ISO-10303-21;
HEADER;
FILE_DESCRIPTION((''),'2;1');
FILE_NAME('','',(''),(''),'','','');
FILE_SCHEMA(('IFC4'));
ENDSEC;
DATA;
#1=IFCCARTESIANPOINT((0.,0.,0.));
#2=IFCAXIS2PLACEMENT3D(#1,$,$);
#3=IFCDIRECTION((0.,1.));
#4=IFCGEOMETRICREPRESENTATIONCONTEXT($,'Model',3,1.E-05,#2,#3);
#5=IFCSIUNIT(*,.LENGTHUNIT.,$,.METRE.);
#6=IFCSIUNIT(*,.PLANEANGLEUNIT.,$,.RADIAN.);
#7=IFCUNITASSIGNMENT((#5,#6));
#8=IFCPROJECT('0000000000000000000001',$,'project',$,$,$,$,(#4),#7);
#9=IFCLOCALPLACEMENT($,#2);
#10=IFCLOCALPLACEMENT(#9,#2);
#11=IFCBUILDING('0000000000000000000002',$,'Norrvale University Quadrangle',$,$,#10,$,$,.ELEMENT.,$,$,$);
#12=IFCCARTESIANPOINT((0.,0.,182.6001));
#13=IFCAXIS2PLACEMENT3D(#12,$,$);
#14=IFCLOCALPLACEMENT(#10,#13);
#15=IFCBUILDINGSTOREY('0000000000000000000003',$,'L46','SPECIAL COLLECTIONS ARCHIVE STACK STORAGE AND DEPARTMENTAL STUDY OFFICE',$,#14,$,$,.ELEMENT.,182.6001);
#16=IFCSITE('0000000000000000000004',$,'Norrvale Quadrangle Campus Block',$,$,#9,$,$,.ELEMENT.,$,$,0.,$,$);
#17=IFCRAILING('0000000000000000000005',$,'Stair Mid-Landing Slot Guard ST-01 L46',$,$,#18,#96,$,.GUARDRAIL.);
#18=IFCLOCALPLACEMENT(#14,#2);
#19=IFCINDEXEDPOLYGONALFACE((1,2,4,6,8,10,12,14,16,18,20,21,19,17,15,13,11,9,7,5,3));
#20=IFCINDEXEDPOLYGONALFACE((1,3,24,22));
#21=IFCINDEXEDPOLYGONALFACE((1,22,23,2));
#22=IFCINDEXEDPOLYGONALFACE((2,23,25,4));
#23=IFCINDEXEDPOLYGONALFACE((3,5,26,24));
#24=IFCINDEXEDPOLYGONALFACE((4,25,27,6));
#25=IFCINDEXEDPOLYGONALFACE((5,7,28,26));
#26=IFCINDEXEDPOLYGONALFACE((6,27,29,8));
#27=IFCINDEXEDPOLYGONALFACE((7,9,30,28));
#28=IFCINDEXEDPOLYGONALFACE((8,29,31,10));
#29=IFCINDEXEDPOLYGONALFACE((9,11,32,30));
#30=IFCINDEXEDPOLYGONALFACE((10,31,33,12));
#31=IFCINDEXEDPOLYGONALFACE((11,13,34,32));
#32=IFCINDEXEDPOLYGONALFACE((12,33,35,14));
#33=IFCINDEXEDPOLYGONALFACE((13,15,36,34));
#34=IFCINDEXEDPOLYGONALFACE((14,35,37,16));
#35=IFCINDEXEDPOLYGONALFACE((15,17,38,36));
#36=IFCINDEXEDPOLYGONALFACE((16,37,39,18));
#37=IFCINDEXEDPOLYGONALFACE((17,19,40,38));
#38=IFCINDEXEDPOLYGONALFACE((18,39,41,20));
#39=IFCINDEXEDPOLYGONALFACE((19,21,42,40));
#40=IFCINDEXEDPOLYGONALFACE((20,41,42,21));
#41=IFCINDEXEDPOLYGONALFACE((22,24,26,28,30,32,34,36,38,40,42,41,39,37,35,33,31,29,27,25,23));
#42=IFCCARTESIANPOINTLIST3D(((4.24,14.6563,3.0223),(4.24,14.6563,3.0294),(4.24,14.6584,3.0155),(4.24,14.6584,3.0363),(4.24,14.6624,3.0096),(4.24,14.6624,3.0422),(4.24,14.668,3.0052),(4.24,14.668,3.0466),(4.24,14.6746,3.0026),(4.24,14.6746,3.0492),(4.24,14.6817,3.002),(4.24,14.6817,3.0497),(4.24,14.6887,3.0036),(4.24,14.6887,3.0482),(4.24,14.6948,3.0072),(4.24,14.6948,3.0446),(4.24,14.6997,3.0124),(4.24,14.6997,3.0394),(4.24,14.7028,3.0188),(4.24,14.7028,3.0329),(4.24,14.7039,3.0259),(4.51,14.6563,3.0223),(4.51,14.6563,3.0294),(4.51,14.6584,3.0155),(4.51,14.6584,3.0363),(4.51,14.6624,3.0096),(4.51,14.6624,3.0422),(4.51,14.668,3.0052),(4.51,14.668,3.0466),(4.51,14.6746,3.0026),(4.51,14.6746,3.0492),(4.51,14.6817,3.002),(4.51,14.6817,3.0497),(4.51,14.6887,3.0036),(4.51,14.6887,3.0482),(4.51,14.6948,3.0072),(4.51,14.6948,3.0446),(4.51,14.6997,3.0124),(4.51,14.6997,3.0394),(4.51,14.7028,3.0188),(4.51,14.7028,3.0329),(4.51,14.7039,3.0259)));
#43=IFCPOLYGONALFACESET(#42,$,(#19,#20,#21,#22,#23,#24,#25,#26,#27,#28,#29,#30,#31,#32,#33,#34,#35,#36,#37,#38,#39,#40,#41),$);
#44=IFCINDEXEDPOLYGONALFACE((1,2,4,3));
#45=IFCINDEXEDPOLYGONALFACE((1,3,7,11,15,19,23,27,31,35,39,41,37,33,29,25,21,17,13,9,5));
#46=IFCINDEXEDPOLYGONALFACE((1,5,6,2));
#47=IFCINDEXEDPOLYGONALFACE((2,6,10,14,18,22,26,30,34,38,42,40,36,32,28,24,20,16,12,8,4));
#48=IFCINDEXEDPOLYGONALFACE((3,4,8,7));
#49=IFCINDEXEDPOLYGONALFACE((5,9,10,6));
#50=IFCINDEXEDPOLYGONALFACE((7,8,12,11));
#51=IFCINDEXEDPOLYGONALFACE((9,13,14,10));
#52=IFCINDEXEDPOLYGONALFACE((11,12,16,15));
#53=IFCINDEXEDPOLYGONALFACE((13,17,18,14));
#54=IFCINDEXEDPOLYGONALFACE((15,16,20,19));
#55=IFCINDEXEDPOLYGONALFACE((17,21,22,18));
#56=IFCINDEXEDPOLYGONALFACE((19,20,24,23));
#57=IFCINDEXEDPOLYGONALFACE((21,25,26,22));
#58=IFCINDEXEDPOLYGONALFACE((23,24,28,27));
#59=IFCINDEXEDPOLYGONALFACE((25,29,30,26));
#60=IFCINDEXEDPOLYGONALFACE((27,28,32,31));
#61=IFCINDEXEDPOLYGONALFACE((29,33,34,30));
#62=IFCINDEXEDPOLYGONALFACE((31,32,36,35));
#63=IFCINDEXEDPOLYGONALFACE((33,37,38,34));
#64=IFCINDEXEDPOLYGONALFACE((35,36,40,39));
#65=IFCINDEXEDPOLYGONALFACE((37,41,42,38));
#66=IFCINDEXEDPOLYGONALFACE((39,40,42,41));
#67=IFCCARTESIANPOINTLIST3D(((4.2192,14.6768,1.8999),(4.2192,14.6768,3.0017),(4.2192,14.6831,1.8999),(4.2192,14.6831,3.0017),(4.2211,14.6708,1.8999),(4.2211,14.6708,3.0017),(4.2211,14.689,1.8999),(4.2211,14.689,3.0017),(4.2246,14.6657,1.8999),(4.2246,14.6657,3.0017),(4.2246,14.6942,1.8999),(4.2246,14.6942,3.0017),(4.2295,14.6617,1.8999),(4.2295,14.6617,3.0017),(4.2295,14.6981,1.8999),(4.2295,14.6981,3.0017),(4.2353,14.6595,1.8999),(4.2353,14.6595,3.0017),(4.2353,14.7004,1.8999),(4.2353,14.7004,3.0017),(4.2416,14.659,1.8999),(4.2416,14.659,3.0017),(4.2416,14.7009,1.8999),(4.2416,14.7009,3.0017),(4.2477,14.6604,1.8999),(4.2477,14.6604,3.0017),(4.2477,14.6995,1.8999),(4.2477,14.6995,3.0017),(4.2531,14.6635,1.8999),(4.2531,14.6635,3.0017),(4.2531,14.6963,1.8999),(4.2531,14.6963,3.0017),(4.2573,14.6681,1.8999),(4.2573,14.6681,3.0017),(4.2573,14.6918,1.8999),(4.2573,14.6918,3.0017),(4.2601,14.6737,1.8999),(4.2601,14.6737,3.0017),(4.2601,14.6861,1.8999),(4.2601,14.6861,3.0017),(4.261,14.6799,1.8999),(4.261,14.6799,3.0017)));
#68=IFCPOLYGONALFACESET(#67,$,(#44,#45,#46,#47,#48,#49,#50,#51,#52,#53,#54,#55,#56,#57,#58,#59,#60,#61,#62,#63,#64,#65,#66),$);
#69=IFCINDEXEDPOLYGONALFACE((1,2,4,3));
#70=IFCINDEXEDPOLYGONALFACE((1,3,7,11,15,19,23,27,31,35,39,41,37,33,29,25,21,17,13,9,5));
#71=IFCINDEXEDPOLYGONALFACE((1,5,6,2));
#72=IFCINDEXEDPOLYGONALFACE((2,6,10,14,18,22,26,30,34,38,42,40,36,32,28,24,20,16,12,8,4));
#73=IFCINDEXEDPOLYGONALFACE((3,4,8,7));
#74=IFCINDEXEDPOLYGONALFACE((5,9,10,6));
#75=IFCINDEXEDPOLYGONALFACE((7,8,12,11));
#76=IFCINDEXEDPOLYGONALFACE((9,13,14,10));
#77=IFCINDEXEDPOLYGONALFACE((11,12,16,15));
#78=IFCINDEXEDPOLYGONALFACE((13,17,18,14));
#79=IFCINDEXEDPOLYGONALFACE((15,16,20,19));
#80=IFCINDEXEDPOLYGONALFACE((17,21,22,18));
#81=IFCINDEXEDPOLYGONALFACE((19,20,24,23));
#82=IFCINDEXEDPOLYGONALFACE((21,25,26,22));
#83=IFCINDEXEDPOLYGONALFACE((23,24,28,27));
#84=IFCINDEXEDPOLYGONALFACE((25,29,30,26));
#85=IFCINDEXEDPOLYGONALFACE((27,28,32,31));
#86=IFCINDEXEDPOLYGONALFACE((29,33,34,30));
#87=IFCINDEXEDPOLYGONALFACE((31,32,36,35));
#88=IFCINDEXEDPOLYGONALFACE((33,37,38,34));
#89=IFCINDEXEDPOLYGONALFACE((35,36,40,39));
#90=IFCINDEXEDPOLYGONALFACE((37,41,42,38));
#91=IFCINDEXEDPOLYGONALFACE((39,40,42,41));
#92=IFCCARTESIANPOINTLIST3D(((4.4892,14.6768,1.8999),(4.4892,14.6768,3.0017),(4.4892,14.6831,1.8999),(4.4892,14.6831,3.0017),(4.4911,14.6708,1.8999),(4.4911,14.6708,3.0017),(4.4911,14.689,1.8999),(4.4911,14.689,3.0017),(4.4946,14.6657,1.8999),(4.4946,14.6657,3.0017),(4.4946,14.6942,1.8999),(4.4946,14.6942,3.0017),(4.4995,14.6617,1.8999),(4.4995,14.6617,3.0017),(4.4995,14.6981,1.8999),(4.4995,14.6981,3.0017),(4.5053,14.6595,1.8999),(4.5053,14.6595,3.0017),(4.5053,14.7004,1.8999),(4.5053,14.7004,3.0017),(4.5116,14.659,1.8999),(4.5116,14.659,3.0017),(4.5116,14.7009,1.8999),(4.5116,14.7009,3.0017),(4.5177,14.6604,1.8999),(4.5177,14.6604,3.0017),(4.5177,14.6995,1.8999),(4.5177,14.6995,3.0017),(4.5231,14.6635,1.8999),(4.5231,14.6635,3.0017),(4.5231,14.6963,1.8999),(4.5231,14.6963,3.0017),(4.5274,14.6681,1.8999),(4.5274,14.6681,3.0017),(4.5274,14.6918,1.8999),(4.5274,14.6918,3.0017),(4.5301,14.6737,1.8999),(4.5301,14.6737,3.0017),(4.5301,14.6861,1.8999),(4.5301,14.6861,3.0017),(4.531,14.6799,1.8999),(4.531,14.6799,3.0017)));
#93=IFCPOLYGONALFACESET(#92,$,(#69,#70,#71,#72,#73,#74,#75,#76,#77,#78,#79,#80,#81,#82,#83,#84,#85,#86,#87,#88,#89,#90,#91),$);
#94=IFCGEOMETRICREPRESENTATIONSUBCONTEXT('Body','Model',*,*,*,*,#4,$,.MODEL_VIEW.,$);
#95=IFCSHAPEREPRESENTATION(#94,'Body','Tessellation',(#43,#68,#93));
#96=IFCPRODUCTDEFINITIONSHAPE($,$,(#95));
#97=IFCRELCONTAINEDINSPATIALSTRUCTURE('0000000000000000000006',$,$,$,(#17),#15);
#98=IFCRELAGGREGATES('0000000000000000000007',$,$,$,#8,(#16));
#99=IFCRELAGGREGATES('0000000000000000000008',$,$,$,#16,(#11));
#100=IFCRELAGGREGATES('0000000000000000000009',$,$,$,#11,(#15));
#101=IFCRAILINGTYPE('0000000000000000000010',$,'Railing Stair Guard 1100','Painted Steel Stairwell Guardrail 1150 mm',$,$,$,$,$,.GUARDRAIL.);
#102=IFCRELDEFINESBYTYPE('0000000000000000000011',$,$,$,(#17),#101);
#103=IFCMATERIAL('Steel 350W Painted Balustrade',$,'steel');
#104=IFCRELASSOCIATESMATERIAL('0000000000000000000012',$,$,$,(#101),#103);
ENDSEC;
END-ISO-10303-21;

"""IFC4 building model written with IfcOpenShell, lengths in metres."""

from ifc_helpers import new_model, si_unit, direction, frame, origin, origin_2d, place, context, subcontext, project, spatial, circle, extrude, material, type_object, element, save


model = new_model("IFC4")

# Units and contexts
model_context = context("Model", 3, precision=1e-05, world=origin(), true_north=direction((0.0, 1.0)))
body_context = subcontext(model_context, "Body", "Model", "MODEL_VIEW")
ifc_project = project(units=[si_unit("LENGTHUNIT", "METRE"), si_unit("PLANEANGLEUNIT", "RADIAN")], contexts=[model_context])

# Site, building, storey
site_placement = place(None, origin())
site = spatial("IfcSite", under=ifc_project, at=site_placement, Name="Norrvale Quadrangle Campus Block", CompositionType="ELEMENT", RefElevation=0.0)
building_placement = place(site_placement, origin())
building = spatial("IfcBuilding", under=site, at=building_placement, Name="Norrvale University Quadrangle", CompositionType="ELEMENT")
storey_placement = place(building_placement, frame((0.0, 0.0, 182.6001)))
storey = spatial("IfcBuildingStorey", under=building, at=storey_placement, Name="L46", Description="SPECIAL COLLECTIONS ARCHIVE STACK STORAGE AND DEPARTMENTAL STUDY OFFICE", CompositionType="ELEMENT", Elevation=182.6001)

# Railing
ifc_material_1 = material(Name="Steel 350W Painted Balustrade", Category="steel")
railing_type_1 = type_object("IfcRailingType", Name="Railing Stair Guard 1100", Description="Painted Steel Stairwell Guardrail 1150 mm", PredefinedType="GUARDRAIL", material=ifc_material_1)
railing_1_placement = place(storey_placement, frame((4.24, 14.6799, 1.8999)))
element("IfcRailing", 1, at=railing_1_placement, inside=storey, type_object=railing_type_1, Name="Stair Mid-Landing Slot Guard ST-01 L46", PredefinedType="GUARDRAIL", context=body_context, shape_type="SweptSolid", body=[
    extrude(circle(Radius=0.0239, at=origin_2d()), frame((0.0, 0.0, 1.126), z_axis=(1.0, 0.0, 0.0), x_axis=(0.0, 1.0, 0.0)), (0.0, 0.0, 1.0), 0.27),
    extrude(circle(Radius=0.021, at=origin_2d()), origin(), (0.0, 0.0, 1.0), 1.1018),
    extrude(circle(Radius=0.021, at=origin_2d()), frame((0.27, 0.0, 0.0)), (0.0, 0.0, 1.0), 1.1018),
])

save(model, "model.ifc")
